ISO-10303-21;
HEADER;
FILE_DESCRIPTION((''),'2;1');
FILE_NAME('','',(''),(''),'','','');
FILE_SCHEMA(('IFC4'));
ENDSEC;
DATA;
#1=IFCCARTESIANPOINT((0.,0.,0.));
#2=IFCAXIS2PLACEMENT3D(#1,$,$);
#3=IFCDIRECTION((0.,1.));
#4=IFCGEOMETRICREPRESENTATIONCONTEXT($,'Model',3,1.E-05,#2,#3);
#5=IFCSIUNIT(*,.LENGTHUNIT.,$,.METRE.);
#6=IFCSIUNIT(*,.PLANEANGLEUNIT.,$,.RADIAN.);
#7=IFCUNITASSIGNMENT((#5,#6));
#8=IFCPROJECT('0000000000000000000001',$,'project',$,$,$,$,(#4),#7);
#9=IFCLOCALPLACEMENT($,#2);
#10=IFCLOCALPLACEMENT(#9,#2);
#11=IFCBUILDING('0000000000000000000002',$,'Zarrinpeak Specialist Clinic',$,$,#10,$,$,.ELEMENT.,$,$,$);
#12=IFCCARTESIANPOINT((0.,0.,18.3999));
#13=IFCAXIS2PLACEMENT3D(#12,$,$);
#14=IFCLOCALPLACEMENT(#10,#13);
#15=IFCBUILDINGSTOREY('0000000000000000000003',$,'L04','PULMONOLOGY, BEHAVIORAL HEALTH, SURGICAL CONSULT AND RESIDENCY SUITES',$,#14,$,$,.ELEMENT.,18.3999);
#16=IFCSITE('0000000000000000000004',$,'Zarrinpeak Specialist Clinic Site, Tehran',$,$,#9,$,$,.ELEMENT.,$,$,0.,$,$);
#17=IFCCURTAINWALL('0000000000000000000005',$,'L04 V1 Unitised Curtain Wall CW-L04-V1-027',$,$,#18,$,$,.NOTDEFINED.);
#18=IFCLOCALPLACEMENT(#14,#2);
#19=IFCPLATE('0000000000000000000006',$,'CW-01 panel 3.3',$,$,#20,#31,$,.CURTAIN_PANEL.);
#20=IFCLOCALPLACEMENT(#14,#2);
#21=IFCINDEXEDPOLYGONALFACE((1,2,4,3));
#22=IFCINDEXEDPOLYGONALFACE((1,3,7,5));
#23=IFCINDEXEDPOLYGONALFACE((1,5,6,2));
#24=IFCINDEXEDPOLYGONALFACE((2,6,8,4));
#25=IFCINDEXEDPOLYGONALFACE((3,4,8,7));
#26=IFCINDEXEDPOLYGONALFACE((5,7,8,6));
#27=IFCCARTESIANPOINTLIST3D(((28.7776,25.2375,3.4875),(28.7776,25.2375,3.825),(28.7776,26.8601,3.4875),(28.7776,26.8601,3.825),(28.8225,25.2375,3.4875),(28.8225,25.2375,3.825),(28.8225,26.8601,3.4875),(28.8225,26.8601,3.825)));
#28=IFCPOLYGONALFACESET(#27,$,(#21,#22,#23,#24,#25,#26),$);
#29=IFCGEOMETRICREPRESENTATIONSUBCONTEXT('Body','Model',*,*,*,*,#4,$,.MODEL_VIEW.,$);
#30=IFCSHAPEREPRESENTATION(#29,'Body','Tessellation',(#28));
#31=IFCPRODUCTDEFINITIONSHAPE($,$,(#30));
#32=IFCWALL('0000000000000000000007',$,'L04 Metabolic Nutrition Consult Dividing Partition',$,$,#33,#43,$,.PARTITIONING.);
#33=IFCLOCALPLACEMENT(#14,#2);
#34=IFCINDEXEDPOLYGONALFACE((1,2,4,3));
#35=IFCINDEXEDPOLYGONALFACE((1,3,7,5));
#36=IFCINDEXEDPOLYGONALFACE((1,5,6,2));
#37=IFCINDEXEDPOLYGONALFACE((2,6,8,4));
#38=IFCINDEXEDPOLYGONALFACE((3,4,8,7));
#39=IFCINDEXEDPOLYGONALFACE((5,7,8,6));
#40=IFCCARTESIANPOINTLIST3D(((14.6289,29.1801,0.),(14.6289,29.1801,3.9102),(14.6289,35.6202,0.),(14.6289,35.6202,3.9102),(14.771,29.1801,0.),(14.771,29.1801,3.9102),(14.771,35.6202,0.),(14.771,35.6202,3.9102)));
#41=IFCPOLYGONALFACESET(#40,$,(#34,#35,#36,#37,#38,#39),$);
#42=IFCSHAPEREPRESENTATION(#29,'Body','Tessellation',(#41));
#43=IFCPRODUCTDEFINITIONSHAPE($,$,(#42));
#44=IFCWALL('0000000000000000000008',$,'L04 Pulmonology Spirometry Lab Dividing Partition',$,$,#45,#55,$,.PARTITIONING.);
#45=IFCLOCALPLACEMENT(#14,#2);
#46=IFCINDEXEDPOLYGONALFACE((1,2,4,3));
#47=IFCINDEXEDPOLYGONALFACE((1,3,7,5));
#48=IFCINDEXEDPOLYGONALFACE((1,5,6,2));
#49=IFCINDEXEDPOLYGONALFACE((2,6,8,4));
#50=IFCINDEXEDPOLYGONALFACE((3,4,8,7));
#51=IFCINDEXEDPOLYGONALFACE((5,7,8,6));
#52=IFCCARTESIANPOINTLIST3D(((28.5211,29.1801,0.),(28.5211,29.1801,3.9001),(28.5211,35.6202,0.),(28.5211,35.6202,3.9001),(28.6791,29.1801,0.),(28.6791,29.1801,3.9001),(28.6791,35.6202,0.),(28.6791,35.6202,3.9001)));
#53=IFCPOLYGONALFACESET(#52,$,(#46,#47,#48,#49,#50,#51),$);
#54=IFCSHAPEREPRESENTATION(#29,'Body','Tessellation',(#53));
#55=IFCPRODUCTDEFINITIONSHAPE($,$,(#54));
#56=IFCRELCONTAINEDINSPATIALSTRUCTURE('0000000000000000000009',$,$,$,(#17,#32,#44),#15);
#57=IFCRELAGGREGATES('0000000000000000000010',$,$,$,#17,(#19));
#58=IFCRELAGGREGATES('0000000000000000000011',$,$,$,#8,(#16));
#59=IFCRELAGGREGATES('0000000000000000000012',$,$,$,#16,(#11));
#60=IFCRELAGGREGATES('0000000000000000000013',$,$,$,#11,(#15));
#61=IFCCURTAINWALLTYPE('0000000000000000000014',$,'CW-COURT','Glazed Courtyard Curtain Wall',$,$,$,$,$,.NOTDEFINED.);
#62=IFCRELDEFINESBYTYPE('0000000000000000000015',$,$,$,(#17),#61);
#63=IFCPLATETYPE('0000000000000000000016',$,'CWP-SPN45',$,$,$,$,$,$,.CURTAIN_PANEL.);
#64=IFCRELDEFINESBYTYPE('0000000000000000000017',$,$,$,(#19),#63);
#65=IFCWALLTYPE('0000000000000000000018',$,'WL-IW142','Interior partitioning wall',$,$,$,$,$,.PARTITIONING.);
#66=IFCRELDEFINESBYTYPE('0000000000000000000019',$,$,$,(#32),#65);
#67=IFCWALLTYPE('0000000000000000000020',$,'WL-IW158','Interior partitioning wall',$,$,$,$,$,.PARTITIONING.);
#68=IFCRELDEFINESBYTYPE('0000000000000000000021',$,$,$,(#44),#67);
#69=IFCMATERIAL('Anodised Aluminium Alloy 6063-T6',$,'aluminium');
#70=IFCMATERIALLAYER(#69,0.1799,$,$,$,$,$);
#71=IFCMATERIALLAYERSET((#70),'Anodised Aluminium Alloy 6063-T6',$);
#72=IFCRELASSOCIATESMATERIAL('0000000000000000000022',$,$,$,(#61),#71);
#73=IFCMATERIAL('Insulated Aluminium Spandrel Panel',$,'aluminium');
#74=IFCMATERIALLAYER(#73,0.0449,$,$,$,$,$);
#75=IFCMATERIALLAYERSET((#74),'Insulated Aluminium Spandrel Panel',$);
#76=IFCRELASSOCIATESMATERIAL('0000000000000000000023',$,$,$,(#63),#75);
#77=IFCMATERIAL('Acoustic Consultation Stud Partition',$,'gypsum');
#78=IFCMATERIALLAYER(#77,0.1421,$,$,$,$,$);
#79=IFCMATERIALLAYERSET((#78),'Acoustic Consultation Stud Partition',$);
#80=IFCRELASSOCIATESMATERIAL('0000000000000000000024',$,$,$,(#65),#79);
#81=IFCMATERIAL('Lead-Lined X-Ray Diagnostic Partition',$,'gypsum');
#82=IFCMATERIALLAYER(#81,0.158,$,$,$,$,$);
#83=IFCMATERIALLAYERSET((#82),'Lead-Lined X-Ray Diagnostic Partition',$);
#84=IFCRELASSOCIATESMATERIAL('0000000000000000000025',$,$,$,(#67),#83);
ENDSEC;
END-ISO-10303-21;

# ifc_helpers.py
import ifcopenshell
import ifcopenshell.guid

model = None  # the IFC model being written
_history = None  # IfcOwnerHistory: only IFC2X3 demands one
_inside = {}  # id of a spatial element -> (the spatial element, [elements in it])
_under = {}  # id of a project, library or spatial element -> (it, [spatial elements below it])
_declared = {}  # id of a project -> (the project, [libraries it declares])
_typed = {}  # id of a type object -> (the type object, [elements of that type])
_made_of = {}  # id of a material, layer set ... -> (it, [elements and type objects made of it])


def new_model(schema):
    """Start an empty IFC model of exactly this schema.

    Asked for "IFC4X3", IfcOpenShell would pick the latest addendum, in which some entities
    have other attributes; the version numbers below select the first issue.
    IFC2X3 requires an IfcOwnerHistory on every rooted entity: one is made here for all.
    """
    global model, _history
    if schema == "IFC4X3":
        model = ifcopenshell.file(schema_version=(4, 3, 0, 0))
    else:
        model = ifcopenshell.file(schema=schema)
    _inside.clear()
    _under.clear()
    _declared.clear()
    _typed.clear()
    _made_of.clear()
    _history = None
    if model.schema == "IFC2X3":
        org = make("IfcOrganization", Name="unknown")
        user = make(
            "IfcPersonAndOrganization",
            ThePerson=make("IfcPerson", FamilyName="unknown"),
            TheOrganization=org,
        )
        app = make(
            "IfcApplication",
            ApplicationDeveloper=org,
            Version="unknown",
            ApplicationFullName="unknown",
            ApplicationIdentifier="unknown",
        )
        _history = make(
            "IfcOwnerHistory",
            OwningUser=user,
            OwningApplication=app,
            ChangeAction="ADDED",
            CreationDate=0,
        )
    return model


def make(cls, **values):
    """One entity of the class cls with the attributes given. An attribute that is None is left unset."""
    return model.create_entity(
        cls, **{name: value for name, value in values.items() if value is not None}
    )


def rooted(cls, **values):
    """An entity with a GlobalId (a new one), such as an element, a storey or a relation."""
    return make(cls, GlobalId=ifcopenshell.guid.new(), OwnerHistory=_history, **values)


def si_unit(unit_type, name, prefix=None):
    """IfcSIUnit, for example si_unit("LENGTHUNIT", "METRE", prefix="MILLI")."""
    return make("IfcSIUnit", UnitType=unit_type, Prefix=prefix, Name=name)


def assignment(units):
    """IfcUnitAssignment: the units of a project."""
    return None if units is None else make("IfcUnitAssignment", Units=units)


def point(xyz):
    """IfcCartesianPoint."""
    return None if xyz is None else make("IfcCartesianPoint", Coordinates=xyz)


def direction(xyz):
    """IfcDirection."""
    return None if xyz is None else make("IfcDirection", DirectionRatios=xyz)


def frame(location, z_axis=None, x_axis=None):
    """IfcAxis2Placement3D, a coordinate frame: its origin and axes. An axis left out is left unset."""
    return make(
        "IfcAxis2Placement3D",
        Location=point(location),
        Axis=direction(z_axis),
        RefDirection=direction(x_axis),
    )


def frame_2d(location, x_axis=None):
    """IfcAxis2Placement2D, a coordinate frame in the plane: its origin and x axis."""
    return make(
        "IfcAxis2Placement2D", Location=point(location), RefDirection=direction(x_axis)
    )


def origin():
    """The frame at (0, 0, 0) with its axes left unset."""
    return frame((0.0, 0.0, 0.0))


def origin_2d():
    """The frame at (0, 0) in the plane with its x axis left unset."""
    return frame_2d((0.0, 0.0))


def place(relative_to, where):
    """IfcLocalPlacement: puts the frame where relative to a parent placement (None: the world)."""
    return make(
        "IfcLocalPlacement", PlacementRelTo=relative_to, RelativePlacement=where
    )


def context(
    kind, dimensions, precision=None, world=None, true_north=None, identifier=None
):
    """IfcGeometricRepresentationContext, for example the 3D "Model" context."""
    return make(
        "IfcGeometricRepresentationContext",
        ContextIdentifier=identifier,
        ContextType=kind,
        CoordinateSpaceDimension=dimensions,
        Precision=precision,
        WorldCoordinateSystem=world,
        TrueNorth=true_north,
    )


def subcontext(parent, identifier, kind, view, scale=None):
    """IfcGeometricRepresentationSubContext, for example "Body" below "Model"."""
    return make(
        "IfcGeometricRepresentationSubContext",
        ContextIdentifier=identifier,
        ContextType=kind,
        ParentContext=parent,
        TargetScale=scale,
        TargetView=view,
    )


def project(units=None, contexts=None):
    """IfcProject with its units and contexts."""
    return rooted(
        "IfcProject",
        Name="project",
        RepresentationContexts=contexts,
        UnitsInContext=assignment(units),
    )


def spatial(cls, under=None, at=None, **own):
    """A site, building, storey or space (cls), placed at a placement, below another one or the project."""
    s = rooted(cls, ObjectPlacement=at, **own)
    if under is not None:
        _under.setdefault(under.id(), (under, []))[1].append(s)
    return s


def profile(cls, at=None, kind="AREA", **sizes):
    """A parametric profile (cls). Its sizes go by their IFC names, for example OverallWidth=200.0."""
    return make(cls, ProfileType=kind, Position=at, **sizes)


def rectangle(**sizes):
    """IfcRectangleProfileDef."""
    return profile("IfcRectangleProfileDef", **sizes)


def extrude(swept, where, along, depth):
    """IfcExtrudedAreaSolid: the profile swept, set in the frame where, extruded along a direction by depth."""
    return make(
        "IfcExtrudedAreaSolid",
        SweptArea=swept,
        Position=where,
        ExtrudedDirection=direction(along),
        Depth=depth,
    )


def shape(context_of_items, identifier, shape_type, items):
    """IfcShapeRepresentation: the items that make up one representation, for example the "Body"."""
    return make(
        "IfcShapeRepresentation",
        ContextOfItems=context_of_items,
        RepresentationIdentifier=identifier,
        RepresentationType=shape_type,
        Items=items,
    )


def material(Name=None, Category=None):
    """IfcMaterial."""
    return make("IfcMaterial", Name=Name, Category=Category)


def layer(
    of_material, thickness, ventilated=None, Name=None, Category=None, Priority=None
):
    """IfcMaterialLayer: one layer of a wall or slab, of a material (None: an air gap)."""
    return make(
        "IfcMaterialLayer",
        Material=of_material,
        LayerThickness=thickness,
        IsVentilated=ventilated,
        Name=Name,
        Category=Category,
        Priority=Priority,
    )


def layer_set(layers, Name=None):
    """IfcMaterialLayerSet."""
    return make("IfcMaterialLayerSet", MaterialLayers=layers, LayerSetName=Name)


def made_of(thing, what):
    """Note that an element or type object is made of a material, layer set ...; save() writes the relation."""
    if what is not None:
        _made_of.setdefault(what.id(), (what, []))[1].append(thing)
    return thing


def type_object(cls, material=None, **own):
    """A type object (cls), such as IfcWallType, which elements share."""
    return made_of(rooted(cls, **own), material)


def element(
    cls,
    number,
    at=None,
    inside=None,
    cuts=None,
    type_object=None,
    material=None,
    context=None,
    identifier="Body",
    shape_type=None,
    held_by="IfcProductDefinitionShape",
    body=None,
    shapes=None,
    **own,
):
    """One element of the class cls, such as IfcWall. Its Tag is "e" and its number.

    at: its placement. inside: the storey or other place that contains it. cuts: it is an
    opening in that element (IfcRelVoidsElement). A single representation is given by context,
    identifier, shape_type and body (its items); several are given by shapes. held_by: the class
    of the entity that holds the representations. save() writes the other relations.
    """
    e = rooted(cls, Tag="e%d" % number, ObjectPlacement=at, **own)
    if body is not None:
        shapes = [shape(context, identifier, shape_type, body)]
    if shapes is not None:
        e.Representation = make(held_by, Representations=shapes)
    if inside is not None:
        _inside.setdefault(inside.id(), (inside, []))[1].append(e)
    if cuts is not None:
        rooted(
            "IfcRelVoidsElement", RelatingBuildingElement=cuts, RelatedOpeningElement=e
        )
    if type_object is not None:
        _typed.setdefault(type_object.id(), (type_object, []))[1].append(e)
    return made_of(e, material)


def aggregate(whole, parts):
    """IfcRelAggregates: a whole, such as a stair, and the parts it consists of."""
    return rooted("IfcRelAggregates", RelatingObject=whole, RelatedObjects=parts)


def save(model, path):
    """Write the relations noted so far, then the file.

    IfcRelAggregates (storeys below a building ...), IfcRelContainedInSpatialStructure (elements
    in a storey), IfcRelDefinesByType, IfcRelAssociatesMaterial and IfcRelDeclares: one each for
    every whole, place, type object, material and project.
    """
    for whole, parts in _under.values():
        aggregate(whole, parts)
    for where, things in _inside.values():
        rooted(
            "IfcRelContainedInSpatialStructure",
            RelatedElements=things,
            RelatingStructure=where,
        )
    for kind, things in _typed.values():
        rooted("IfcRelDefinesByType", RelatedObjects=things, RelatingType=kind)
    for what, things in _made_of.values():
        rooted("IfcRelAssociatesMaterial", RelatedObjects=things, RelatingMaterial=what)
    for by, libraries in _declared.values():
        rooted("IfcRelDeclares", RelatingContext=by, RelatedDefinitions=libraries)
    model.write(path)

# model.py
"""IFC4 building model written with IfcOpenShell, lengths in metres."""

from ifc_helpers import new_model, si_unit, direction, frame, frame_2d, origin, origin_2d, place, context, subcontext, project, spatial, rectangle, extrude, material, layer, layer_set, type_object, element, aggregate, save


model = new_model("IFC4")

# Units and contexts
model_context = context("Model", 3, precision=1e-05, world=origin(), true_north=direction((0.0, 1.0)))
body_context = subcontext(model_context, "Body", "Model", "MODEL_VIEW")
ifc_project = project(units=[si_unit("LENGTHUNIT", "METRE"), si_unit("PLANEANGLEUNIT", "RADIAN")], contexts=[model_context])

# Site, building, storey
site_placement = place(None, origin())
site = spatial("IfcSite", under=ifc_project, at=site_placement, Name="Zarrinpeak Specialist Clinic Site, Tehran", CompositionType="ELEMENT", RefElevation=0.0)
building_placement = place(site_placement, origin())
building = spatial("IfcBuilding", under=site, at=building_placement, Name="Zarrinpeak Specialist Clinic", CompositionType="ELEMENT")
storey_placement = place(building_placement, frame((0.0, 0.0, 18.3999)))
storey = spatial("IfcBuildingStorey", under=building, at=storey_placement, Name="L04", Description="PULMONOLOGY, BEHAVIORAL HEALTH, SURGICAL CONSULT AND RESIDENCY SUITES", CompositionType="ELEMENT", Elevation=18.3999)

# Curtain wall, plate
ifc_material_1 = material(Name="Anodised Aluminium Alloy 6063-T6", Category="aluminium")
ifc_layer_1 = layer(ifc_material_1, 0.1799)
ifc_layer_set_1 = layer_set([ifc_layer_1], Name="Anodised Aluminium Alloy 6063-T6")
curtain_wall_type = type_object("IfcCurtainWallType", Name="CW-COURT", Description="Glazed Courtyard Curtain Wall", PredefinedType="NOTDEFINED", material=ifc_layer_set_1)
curtain_wall_placement = place(storey_placement, origin())
curtain_wall = element("IfcCurtainWall", 1, at=curtain_wall_placement, inside=storey, type_object=curtain_wall_type, Name="L04 V1 Unitised Curtain Wall CW-L04-V1-027", PredefinedType="NOTDEFINED")
ifc_material_2 = material(Name="Insulated Aluminium Spandrel Panel", Category="aluminium")
ifc_layer_2 = layer(ifc_material_2, 0.0449)
ifc_layer_set_2 = layer_set([ifc_layer_2], Name="Insulated Aluminium Spandrel Panel")
plate_type = type_object("IfcPlateType", Name="CWP-SPN45", PredefinedType="CURTAIN_PANEL", material=ifc_layer_set_2)
plate_1_placement = place(storey_placement, frame((28.8, 26.0488, 3.4875), z_axis=(0.0, 0.0, 1.0), x_axis=(0.0, 1.0, 0.0)))
plate_1 = element("IfcPlate", 2, at=plate_1_placement, type_object=plate_type, Name="CW-01 panel 3.3", PredefinedType="CURTAIN_PANEL", context=body_context, shape_type="SweptSolid", body=[
    extrude(rectangle(XDim=1.6226, YDim=0.0449, at=origin_2d()), origin(), (0.0, 0.0, 1.0), 0.3374),
])
aggregate(curtain_wall, [plate_1])

# Walls
ifc_material_3 = material(Name="Acoustic Consultation Stud Partition", Category="gypsum")
ifc_layer_3 = layer(ifc_material_3, 0.1421)
ifc_layer_set_3 = layer_set([ifc_layer_3], Name="Acoustic Consultation Stud Partition")
wall_type_1 = type_object("IfcWallType", Name="WL-IW142", Description="Interior partitioning wall", PredefinedType="PARTITIONING", material=ifc_layer_set_3)
wall_1_placement = place(storey_placement, frame((14.7, 29.1799, 0.0), z_axis=(0.0, 0.0, 1.0), x_axis=(0.0, 1.0, 0.0)))
element("IfcWall", 3, at=wall_1_placement, inside=storey, type_object=wall_type_1, Name="L04 Metabolic Nutrition Consult Dividing Partition", PredefinedType="PARTITIONING", context=body_context, shape_type="SweptSolid", body=[
    extrude(rectangle(XDim=6.4402, YDim=0.1421, at=frame_2d((3.2202, 0.0))), origin(), (0.0, 0.0, 1.0), 3.9102),
])
ifc_material_4 = material(Name="Lead-Lined X-Ray Diagnostic Partition", Category="gypsum")
ifc_layer_4 = layer(ifc_material_4, 0.158)
ifc_layer_set_4 = layer_set([ifc_layer_4], Name="Lead-Lined X-Ray Diagnostic Partition")
wall_type_2 = type_object("IfcWallType", Name="WL-IW158", Description="Interior partitioning wall", PredefinedType="PARTITIONING", material=ifc_layer_set_4)
wall_2_placement = place(storey_placement, frame((28.6001, 29.1799, 0.0), z_axis=(0.0, 0.0, 1.0), x_axis=(0.0, 1.0, 0.0)))
element("IfcWall", 4, at=wall_2_placement, inside=storey, type_object=wall_type_2, Name="L04 Pulmonology Spirometry Lab Dividing Partition", PredefinedType="PARTITIONING", context=body_context, shape_type="SweptSolid", body=[
    extrude(rectangle(XDim=6.4402, YDim=0.158, at=frame_2d((3.2202, 0.0))), origin(), (0.0, 0.0, 1.0), 3.9001),
])

save(model, "model.ifc")
